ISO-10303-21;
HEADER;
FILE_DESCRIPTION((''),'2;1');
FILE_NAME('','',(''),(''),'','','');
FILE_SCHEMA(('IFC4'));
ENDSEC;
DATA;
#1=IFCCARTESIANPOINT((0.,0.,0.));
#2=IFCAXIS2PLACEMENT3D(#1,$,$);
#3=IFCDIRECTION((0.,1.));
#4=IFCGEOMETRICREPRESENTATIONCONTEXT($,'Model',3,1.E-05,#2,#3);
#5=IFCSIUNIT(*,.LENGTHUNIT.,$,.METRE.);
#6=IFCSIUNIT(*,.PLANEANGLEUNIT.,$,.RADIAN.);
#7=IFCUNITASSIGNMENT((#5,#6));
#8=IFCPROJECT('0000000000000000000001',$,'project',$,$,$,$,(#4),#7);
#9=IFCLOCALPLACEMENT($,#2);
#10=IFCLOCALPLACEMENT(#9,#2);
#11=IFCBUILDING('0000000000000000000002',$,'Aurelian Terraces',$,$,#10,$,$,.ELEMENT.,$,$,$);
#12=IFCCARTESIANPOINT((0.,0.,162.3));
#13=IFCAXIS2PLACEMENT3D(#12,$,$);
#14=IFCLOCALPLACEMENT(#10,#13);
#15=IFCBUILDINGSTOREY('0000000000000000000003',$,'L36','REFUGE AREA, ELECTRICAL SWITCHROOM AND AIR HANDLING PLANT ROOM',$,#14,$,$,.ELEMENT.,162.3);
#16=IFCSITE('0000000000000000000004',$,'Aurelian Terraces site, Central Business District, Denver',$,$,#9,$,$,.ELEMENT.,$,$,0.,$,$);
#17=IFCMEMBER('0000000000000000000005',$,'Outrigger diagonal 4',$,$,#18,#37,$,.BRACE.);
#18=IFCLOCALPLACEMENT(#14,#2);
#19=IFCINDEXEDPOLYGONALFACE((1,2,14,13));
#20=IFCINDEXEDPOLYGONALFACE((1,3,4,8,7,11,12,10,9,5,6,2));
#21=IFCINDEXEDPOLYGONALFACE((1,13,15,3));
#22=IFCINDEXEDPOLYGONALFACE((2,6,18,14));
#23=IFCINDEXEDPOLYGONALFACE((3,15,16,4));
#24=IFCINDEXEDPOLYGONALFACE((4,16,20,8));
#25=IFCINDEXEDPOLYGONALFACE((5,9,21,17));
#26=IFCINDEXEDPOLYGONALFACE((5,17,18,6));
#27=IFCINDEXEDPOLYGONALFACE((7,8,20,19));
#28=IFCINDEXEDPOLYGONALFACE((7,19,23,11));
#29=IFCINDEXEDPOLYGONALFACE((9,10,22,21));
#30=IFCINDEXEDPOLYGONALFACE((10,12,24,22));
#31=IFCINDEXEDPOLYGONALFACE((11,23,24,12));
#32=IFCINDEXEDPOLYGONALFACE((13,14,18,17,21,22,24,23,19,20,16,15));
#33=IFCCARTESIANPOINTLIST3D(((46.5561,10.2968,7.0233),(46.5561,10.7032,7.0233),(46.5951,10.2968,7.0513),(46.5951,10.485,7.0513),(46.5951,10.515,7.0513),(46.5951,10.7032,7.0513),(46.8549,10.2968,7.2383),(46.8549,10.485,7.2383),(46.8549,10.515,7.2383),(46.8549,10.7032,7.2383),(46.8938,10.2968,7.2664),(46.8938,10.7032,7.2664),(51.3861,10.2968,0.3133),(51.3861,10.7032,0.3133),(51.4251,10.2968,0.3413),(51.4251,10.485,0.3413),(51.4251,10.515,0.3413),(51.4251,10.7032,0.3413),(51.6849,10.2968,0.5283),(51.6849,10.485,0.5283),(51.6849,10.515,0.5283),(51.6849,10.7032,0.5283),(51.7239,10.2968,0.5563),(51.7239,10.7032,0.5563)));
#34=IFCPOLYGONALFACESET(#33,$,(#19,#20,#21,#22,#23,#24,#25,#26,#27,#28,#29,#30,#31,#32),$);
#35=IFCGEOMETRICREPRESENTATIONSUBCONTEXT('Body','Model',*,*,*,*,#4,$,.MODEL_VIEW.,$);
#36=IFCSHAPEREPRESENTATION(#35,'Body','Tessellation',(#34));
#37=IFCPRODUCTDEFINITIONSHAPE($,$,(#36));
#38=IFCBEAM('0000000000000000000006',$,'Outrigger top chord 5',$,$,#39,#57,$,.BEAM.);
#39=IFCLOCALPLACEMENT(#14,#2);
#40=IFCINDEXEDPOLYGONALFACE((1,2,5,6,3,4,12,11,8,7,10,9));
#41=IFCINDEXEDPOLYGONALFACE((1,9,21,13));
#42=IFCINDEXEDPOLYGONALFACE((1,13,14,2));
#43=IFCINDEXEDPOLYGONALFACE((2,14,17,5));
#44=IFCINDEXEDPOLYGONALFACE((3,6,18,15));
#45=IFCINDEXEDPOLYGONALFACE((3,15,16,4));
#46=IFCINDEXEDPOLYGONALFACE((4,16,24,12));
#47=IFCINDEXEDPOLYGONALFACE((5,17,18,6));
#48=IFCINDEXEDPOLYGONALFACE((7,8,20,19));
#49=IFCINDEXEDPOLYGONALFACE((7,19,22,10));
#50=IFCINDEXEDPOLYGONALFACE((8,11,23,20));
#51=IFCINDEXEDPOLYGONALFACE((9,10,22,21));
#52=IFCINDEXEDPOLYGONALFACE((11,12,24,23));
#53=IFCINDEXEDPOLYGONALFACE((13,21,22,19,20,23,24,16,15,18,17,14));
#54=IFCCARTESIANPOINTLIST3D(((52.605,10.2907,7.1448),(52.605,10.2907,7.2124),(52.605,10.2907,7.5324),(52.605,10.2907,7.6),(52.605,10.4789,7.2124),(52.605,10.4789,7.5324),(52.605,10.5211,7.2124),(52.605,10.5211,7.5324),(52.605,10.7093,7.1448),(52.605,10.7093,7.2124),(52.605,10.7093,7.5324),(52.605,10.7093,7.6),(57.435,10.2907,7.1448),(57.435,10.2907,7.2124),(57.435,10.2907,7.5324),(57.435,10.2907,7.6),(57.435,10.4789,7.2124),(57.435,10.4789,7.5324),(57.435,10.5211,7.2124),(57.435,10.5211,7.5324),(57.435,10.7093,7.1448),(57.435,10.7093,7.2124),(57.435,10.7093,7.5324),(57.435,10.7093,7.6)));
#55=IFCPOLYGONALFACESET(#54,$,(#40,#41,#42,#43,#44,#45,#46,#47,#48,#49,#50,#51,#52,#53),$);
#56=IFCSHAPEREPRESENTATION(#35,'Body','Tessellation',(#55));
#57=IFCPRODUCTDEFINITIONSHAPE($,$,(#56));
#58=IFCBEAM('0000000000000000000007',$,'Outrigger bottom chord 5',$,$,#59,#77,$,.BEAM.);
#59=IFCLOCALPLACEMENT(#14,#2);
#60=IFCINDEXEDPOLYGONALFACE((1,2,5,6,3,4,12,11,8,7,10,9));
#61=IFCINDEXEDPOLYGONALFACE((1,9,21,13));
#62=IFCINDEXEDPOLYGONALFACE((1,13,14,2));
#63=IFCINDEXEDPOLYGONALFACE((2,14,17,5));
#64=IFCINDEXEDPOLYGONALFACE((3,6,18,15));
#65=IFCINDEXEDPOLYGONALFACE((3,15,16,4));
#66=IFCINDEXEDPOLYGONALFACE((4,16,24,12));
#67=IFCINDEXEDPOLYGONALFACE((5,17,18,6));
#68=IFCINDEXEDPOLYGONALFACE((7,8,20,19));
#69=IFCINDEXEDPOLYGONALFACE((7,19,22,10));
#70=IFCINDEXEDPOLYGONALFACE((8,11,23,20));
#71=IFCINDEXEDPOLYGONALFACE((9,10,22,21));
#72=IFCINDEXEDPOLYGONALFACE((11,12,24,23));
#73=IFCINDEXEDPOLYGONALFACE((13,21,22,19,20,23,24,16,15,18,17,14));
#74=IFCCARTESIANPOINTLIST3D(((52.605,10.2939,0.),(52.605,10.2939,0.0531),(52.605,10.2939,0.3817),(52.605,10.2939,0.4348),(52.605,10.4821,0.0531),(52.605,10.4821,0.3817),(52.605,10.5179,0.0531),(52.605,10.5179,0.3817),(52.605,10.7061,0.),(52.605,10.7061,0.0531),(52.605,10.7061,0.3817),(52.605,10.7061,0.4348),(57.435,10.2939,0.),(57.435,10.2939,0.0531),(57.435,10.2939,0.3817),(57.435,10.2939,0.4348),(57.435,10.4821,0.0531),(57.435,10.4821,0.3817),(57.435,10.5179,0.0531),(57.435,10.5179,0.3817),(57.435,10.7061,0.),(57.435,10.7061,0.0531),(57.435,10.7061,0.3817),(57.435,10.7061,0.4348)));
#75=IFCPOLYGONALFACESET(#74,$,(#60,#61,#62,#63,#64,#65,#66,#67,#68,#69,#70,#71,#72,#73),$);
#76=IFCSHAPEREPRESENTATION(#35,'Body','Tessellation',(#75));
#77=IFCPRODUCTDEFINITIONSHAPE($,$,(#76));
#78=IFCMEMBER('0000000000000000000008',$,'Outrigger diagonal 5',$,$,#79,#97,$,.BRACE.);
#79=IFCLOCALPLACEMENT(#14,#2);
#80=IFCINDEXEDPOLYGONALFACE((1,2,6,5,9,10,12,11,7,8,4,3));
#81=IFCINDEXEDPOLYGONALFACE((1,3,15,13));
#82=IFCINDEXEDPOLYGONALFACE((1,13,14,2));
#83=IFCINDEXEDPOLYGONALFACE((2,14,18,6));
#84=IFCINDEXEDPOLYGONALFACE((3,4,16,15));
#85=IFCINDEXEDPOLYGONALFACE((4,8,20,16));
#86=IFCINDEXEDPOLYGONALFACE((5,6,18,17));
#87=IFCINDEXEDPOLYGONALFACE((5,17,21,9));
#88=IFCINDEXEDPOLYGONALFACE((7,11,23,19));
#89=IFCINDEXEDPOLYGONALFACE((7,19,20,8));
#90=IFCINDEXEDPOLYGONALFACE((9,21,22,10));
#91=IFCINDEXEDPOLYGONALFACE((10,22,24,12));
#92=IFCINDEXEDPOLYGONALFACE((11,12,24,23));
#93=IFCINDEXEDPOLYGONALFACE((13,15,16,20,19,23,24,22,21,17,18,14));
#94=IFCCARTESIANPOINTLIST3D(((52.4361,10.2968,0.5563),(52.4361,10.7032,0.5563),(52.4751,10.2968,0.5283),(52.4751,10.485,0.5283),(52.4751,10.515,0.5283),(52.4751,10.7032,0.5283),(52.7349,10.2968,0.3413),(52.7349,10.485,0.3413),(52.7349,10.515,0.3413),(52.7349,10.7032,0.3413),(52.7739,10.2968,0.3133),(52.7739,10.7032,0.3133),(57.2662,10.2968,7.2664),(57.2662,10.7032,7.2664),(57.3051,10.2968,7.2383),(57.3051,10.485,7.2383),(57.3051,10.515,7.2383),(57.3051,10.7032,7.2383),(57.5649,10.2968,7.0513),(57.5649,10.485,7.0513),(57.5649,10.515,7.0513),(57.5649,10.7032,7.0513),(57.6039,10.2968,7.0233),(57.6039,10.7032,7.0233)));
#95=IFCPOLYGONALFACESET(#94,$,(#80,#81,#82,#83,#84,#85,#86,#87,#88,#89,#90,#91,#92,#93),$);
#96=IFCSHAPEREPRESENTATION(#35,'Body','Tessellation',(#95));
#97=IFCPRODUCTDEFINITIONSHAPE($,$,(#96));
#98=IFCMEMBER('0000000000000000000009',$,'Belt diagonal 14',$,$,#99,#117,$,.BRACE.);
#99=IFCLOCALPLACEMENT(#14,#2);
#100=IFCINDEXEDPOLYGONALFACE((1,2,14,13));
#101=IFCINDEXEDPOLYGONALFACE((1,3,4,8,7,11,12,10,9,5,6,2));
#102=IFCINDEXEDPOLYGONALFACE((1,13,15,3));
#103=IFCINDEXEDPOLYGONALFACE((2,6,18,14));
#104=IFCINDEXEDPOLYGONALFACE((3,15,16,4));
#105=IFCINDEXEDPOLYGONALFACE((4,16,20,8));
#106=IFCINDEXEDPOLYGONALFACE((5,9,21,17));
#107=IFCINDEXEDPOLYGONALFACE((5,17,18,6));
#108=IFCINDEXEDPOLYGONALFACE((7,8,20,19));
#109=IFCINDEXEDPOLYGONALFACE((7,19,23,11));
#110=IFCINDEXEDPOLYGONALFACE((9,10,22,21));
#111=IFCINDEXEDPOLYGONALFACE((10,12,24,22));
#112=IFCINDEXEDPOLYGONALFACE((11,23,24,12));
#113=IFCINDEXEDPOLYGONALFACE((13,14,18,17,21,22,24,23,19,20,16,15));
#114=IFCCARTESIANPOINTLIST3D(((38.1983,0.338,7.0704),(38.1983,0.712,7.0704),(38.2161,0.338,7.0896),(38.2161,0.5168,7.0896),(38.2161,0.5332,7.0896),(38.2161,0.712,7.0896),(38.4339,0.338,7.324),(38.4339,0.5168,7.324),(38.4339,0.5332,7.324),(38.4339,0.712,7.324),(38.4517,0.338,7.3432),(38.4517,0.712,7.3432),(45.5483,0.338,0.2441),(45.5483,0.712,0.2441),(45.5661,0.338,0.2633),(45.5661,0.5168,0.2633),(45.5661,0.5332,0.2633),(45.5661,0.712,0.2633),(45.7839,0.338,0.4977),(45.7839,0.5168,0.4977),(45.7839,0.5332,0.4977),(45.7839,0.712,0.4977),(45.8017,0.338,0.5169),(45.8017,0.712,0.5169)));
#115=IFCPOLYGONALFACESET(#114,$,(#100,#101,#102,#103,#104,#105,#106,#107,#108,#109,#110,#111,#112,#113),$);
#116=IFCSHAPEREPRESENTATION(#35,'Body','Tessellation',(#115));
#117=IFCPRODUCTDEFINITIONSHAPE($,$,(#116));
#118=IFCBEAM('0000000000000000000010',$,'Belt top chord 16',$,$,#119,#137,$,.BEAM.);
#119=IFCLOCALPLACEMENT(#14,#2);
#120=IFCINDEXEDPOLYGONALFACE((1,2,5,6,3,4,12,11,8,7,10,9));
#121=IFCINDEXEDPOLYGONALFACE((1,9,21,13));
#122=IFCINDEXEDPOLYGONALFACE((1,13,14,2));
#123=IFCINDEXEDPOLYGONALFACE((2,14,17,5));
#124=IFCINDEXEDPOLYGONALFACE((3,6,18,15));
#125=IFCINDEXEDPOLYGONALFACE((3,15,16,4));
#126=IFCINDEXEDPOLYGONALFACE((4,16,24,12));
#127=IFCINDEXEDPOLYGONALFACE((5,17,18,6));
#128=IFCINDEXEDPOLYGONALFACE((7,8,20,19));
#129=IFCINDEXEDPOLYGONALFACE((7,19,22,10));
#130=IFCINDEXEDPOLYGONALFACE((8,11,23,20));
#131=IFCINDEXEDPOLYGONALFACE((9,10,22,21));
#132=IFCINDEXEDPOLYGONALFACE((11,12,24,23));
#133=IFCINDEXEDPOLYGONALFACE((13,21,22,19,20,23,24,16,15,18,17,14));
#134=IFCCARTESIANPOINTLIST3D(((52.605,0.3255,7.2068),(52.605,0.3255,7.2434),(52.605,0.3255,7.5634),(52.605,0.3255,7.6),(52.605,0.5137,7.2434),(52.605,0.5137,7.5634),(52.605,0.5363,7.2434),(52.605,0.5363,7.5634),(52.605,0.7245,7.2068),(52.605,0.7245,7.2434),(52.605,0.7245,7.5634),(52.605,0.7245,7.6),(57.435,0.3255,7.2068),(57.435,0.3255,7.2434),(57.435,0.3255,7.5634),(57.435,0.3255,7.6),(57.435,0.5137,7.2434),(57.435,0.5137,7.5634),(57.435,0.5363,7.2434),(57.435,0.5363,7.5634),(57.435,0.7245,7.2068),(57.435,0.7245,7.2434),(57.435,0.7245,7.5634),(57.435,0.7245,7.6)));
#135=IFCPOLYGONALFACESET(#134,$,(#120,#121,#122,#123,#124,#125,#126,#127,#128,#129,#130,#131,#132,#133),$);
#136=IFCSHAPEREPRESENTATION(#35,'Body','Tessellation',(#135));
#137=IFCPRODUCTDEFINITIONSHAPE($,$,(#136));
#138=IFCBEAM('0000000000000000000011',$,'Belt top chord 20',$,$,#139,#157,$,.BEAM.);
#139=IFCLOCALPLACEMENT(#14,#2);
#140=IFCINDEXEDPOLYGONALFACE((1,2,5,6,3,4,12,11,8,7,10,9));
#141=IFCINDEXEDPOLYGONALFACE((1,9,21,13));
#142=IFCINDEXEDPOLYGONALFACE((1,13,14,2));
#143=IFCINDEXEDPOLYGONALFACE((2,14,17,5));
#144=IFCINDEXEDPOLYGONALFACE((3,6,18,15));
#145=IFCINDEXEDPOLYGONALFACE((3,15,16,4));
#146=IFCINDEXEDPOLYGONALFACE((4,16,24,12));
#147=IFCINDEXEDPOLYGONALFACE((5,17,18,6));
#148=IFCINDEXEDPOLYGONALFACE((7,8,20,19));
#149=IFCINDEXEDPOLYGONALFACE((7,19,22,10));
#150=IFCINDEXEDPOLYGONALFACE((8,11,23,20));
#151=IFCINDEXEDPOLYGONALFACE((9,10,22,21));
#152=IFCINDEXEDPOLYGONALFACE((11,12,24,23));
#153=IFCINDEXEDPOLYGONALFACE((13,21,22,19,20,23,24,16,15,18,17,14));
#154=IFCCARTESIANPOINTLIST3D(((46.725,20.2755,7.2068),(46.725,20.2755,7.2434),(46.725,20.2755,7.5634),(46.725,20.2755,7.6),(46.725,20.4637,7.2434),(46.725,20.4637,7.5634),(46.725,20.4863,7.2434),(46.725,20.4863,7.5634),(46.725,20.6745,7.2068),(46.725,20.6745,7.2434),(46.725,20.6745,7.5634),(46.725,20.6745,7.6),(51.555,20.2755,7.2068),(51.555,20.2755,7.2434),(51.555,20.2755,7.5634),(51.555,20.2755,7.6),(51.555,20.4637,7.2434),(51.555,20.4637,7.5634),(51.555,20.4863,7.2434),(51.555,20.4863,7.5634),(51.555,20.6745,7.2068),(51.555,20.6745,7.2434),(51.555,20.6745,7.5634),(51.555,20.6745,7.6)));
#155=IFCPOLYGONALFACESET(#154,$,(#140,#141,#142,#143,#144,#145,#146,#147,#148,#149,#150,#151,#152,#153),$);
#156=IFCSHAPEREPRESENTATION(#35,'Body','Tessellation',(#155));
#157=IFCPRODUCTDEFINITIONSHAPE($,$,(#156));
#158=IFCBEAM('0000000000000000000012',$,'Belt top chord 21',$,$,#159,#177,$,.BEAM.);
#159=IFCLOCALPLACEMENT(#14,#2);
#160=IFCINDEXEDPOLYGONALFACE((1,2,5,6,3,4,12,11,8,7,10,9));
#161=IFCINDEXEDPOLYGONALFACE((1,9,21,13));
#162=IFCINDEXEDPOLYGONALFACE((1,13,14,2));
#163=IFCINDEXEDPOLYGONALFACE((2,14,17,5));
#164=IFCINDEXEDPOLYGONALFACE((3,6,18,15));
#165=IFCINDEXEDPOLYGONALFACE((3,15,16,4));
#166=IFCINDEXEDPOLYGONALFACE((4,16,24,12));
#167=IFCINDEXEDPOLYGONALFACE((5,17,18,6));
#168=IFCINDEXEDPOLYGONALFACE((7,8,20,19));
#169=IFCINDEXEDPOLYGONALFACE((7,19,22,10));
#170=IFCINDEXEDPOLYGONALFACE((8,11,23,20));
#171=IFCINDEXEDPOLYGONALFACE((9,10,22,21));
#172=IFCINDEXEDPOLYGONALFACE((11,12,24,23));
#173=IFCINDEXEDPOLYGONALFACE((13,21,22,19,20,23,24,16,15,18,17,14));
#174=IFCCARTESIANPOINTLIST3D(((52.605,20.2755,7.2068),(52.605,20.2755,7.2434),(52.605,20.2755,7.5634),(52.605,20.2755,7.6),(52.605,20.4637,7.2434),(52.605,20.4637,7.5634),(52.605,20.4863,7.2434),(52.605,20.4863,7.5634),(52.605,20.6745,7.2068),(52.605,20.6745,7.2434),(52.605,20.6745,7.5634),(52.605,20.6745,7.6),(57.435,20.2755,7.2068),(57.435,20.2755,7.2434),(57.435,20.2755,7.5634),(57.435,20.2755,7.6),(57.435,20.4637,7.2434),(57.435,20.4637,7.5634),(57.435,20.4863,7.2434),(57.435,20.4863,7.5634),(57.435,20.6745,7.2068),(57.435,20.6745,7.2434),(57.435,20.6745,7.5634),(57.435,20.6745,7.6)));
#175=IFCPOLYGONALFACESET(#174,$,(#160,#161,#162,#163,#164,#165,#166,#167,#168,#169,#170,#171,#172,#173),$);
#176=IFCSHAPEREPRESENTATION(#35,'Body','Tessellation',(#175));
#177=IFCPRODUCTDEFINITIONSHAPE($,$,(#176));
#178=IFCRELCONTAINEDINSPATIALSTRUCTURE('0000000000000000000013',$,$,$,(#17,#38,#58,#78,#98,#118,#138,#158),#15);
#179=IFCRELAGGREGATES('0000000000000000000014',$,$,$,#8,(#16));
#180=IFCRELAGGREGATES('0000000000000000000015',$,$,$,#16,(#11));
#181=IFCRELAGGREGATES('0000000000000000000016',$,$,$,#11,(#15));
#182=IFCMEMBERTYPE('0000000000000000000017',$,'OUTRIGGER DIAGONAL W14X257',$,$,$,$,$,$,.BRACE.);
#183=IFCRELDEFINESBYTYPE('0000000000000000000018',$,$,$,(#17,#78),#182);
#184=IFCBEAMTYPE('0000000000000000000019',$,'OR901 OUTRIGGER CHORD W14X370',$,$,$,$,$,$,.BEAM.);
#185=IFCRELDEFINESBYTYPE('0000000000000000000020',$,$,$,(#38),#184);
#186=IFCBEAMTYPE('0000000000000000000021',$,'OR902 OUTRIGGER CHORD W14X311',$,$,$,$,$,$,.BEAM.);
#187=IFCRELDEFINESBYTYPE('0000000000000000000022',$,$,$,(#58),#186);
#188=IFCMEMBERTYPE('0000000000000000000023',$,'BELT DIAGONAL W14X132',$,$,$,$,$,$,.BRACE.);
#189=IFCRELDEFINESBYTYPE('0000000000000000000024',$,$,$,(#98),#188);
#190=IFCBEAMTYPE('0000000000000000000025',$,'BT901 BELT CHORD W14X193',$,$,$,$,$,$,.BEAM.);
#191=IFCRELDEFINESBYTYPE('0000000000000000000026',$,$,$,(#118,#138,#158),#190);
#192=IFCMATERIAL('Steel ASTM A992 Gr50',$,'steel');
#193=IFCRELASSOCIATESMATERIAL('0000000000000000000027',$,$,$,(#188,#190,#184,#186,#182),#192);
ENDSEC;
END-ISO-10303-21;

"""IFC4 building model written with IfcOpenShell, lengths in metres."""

from ifc_helpers import new_model, si_unit, direction, frame, origin, origin_2d, place, context, subcontext, project, spatial, i_section, extrude, source, transform, mapped, material, material_profile, profile_set, type_object, element, save


model = new_model("IFC4")

# Units and contexts
model_context = context("Model", 3, precision=1e-05, world=origin(), true_north=direction((0.0, 1.0)))
body_context = subcontext(model_context, "Body", "Model", "MODEL_VIEW")
ifc_project = project(units=[si_unit("LENGTHUNIT", "METRE"), si_unit("PLANEANGLEUNIT", "RADIAN")], contexts=[model_context])

# Site, building, storey
site_placement = place(None, origin())
site = spatial("IfcSite", under=ifc_project, at=site_placement, Name="Aurelian Terraces site, Central Business District, Denver", CompositionType="ELEMENT", RefElevation=0.0)
building_placement = place(site_placement, origin())
building = spatial("IfcBuilding", under=site, at=building_placement, Name="Aurelian Terraces", CompositionType="ELEMENT")
storey_placement = place(building_placement, frame((0.0, 0.0, 162.3)))
storey = spatial("IfcBuildingStorey", under=building, at=storey_placement, Name="L36", Description="REFUGE AREA, ELECTRICAL SWITCHROOM AND AIR HANDLING PLANT ROOM", CompositionType="ELEMENT", Elevation=162.3)

# Shared definitions
ifc_material_1 = material(Name="Steel ASTM A992 Gr50", Category="steel")
ifc_material_profile_1 = material_profile(ifc_material_1, i_section(OverallWidth=0.374, OverallDepth=0.3724, WebThickness=0.0164, FlangeThickness=0.0262, at=origin_2d()))
ifc_profile_set_1 = profile_set([ifc_material_profile_1], Name="Steel ASTM A992 Gr50")
member_type_1 = type_object("IfcMemberType", Name="BELT DIAGONAL W14X132", PredefinedType="BRACE", material=ifc_profile_set_1)

# Shared definitions
ifc_material_profile_2 = material_profile(ifc_material_1, i_section(OverallWidth=0.399, OverallDepth=0.3932, WebThickness=0.0226, FlangeThickness=0.0366, at=origin_2d()))
ifc_profile_set_2 = profile_set([ifc_material_profile_2], Name="Steel ASTM A992 Gr50")
beam_type_1 = type_object("IfcBeamType", Name="BT901 BELT CHORD W14X193", PredefinedType="BEAM", material=ifc_profile_set_2)
ifc_material_profile_3 = material_profile(ifc_material_1, i_section(OverallWidth=0.4185, OverallDepth=0.4552, WebThickness=0.0422, FlangeThickness=0.0676, at=origin_2d()))
ifc_profile_set_3 = profile_set([ifc_material_profile_3], Name="Steel ASTM A992 Gr50")
beam_type_2 = type_object("IfcBeamType", Name="OR901 OUTRIGGER CHORD W14X370", PredefinedType="BEAM", material=ifc_profile_set_3)
ifc_material_profile_4 = material_profile(ifc_material_1, i_section(OverallWidth=0.4122, OverallDepth=0.4348, WebThickness=0.0358, FlangeThickness=0.0531, at=origin_2d()))
ifc_profile_set_4 = profile_set([ifc_material_profile_4], Name="Steel ASTM A992 Gr50")
beam_type_3 = type_object("IfcBeamType", Name="OR902 OUTRIGGER CHORD W14X311", PredefinedType="BEAM", material=ifc_profile_set_4)

# Member
ifc_material_profile_5 = material_profile(ifc_material_1, i_section(OverallWidth=0.4063, OverallDepth=0.4161, WebThickness=0.03, FlangeThickness=0.048, at=origin_2d()))
ifc_profile_set_5 = profile_set([ifc_material_profile_5], Name="Steel ASTM A992 Gr50")
member_type_2 = type_object("IfcMemberType", Name="OUTRIGGER DIAGONAL W14X257", PredefinedType="BRACE", material=ifc_profile_set_5)
member_1_placement = place(storey_placement, frame((51.555, 10.5, 0.4348), z_axis=(-0.584209, 0.0, 0.811603), x_axis=(0.0, -1.0, 0.0)))
element("IfcMember", 1, at=member_1_placement, inside=storey, type_object=member_type_2, Name="Outrigger diagonal 4", PredefinedType="BRACE", context=body_context, shape_type="SweptSolid", body=[
    extrude(i_section(OverallWidth=0.4063, OverallDepth=0.4161, WebThickness=0.03, FlangeThickness=0.048, at=origin_2d()), origin(), (0.0, 0.0, 1.0), 8.2676),
])

# Beams
shared_shape_1 = source(origin(), body_context, "Body", "SweptSolid", [
    extrude(i_section(OverallWidth=0.4185, OverallDepth=0.4552, WebThickness=0.0422, FlangeThickness=0.0676, at=origin_2d()), origin(), (0.0, 0.0, 1.0), 4.83),
])
beam_1_placement = place(storey_placement, frame((52.605, 10.5, 7.3724), z_axis=(1.0, 0.0, 0.0), x_axis=(0.0, 1.0, 0.0)))
element("IfcBeam", 2, at=beam_1_placement, inside=storey, type_object=beam_type_2, Name="Outrigger top chord 5", PredefinedType="BEAM", context=body_context, shape_type="MappedRepresentation", body=[
    mapped(shared_shape_1, transform((0.0, 0.0, 0.0), scale=1.0)),
])
shared_shape_2 = source(origin(), body_context, "Body", "SweptSolid", [
    extrude(i_section(OverallWidth=0.4122, OverallDepth=0.4348, WebThickness=0.0358, FlangeThickness=0.0531, at=origin_2d()), origin(), (0.0, 0.0, 1.0), 4.83),
])
beam_2_placement = place(storey_placement, frame((52.605, 10.5, 0.2174), z_axis=(1.0, 0.0, 0.0), x_axis=(0.0, 1.0, 0.0)))
element("IfcBeam", 3, at=beam_2_placement, inside=storey, type_object=beam_type_3, Name="Outrigger bottom chord 5", PredefinedType="BEAM", context=body_context, shape_type="MappedRepresentation", body=[
    mapped(shared_shape_2, transform((0.0, 0.0, 0.0), scale=1.0)),
])

# Members
shared_shape_3 = source(origin(), body_context, "Body", "SweptSolid", [
    extrude(i_section(OverallWidth=0.4063, OverallDepth=0.4161, WebThickness=0.03, FlangeThickness=0.048, at=origin_2d()), origin(), (0.0, 0.0, 1.0), 8.2676),
])
member_2_placement = place(storey_placement, frame((52.605, 10.5, 0.4348), z_axis=(0.584209, 0.0, 0.811603), x_axis=(0.0, 1.0, 0.0)))
element("IfcMember", 4, at=member_2_placement, inside=storey, type_object=member_type_2, Name="Outrigger diagonal 5", PredefinedType="BRACE", context=body_context, shape_type="MappedRepresentation", body=[
    mapped(shared_shape_3, transform((0.0, 0.0, 0.0), scale=1.0)),
])
shared_shape_4 = source(origin(), body_context, "Body", "SweptSolid", [
    extrude(i_section(OverallWidth=0.374, OverallDepth=0.3724, WebThickness=0.0164, FlangeThickness=0.0262, at=origin_2d()), origin(), (0.0, 0.0, 1.0), 10.031),
])
member_3_placement = place(storey_placement, frame((45.675, 0.525, 0.3805), z_axis=(-0.732729, 0.0, 0.680521), x_axis=(0.0, -1.0, 0.0)))
element("IfcMember", 5, at=member_3_placement, inside=storey, type_object=member_type_1, Name="Belt diagonal 14", PredefinedType="BRACE", context=body_context, shape_type="MappedRepresentation", body=[
    mapped(shared_shape_4, transform((0.0, 0.0, 0.0), scale=1.0)),
])

# Beams
shared_shape_5 = source(origin(), body_context, "Body", "SweptSolid", [
    extrude(i_section(OverallWidth=0.399, OverallDepth=0.3932, WebThickness=0.0226, FlangeThickness=0.0366, at=origin_2d()), origin(), (0.0, 0.0, 1.0), 4.83),
])
for number, where, z_axis, x_axis, name in (
    (6, (52.605, 0.525, 7.4034), (1.0, 0.0, 0.0), (0.0, 1.0, 0.0), "Belt top chord 16"),
    (7, (46.725, 20.475, 7.4034), (1.0, 0.0, 0.0), (0.0, 1.0, 0.0), "Belt top chord 20"),
    (8, (52.605, 20.475, 7.4034), (1.0, 0.0, 0.0), (0.0, 1.0, 0.0), "Belt top chord 21"),
):
    element("IfcBeam", number, at=place(storey_placement, frame(where, z_axis=z_axis, x_axis=x_axis)), inside=storey, type_object=beam_type_1, Name=name, PredefinedType="BEAM", context=body_context, shape_type="MappedRepresentation", body=[
        mapped(shared_shape_5, transform((0.0, 0.0, 0.0), scale=1.0)),
    ])

save(model, "model.ifc")
